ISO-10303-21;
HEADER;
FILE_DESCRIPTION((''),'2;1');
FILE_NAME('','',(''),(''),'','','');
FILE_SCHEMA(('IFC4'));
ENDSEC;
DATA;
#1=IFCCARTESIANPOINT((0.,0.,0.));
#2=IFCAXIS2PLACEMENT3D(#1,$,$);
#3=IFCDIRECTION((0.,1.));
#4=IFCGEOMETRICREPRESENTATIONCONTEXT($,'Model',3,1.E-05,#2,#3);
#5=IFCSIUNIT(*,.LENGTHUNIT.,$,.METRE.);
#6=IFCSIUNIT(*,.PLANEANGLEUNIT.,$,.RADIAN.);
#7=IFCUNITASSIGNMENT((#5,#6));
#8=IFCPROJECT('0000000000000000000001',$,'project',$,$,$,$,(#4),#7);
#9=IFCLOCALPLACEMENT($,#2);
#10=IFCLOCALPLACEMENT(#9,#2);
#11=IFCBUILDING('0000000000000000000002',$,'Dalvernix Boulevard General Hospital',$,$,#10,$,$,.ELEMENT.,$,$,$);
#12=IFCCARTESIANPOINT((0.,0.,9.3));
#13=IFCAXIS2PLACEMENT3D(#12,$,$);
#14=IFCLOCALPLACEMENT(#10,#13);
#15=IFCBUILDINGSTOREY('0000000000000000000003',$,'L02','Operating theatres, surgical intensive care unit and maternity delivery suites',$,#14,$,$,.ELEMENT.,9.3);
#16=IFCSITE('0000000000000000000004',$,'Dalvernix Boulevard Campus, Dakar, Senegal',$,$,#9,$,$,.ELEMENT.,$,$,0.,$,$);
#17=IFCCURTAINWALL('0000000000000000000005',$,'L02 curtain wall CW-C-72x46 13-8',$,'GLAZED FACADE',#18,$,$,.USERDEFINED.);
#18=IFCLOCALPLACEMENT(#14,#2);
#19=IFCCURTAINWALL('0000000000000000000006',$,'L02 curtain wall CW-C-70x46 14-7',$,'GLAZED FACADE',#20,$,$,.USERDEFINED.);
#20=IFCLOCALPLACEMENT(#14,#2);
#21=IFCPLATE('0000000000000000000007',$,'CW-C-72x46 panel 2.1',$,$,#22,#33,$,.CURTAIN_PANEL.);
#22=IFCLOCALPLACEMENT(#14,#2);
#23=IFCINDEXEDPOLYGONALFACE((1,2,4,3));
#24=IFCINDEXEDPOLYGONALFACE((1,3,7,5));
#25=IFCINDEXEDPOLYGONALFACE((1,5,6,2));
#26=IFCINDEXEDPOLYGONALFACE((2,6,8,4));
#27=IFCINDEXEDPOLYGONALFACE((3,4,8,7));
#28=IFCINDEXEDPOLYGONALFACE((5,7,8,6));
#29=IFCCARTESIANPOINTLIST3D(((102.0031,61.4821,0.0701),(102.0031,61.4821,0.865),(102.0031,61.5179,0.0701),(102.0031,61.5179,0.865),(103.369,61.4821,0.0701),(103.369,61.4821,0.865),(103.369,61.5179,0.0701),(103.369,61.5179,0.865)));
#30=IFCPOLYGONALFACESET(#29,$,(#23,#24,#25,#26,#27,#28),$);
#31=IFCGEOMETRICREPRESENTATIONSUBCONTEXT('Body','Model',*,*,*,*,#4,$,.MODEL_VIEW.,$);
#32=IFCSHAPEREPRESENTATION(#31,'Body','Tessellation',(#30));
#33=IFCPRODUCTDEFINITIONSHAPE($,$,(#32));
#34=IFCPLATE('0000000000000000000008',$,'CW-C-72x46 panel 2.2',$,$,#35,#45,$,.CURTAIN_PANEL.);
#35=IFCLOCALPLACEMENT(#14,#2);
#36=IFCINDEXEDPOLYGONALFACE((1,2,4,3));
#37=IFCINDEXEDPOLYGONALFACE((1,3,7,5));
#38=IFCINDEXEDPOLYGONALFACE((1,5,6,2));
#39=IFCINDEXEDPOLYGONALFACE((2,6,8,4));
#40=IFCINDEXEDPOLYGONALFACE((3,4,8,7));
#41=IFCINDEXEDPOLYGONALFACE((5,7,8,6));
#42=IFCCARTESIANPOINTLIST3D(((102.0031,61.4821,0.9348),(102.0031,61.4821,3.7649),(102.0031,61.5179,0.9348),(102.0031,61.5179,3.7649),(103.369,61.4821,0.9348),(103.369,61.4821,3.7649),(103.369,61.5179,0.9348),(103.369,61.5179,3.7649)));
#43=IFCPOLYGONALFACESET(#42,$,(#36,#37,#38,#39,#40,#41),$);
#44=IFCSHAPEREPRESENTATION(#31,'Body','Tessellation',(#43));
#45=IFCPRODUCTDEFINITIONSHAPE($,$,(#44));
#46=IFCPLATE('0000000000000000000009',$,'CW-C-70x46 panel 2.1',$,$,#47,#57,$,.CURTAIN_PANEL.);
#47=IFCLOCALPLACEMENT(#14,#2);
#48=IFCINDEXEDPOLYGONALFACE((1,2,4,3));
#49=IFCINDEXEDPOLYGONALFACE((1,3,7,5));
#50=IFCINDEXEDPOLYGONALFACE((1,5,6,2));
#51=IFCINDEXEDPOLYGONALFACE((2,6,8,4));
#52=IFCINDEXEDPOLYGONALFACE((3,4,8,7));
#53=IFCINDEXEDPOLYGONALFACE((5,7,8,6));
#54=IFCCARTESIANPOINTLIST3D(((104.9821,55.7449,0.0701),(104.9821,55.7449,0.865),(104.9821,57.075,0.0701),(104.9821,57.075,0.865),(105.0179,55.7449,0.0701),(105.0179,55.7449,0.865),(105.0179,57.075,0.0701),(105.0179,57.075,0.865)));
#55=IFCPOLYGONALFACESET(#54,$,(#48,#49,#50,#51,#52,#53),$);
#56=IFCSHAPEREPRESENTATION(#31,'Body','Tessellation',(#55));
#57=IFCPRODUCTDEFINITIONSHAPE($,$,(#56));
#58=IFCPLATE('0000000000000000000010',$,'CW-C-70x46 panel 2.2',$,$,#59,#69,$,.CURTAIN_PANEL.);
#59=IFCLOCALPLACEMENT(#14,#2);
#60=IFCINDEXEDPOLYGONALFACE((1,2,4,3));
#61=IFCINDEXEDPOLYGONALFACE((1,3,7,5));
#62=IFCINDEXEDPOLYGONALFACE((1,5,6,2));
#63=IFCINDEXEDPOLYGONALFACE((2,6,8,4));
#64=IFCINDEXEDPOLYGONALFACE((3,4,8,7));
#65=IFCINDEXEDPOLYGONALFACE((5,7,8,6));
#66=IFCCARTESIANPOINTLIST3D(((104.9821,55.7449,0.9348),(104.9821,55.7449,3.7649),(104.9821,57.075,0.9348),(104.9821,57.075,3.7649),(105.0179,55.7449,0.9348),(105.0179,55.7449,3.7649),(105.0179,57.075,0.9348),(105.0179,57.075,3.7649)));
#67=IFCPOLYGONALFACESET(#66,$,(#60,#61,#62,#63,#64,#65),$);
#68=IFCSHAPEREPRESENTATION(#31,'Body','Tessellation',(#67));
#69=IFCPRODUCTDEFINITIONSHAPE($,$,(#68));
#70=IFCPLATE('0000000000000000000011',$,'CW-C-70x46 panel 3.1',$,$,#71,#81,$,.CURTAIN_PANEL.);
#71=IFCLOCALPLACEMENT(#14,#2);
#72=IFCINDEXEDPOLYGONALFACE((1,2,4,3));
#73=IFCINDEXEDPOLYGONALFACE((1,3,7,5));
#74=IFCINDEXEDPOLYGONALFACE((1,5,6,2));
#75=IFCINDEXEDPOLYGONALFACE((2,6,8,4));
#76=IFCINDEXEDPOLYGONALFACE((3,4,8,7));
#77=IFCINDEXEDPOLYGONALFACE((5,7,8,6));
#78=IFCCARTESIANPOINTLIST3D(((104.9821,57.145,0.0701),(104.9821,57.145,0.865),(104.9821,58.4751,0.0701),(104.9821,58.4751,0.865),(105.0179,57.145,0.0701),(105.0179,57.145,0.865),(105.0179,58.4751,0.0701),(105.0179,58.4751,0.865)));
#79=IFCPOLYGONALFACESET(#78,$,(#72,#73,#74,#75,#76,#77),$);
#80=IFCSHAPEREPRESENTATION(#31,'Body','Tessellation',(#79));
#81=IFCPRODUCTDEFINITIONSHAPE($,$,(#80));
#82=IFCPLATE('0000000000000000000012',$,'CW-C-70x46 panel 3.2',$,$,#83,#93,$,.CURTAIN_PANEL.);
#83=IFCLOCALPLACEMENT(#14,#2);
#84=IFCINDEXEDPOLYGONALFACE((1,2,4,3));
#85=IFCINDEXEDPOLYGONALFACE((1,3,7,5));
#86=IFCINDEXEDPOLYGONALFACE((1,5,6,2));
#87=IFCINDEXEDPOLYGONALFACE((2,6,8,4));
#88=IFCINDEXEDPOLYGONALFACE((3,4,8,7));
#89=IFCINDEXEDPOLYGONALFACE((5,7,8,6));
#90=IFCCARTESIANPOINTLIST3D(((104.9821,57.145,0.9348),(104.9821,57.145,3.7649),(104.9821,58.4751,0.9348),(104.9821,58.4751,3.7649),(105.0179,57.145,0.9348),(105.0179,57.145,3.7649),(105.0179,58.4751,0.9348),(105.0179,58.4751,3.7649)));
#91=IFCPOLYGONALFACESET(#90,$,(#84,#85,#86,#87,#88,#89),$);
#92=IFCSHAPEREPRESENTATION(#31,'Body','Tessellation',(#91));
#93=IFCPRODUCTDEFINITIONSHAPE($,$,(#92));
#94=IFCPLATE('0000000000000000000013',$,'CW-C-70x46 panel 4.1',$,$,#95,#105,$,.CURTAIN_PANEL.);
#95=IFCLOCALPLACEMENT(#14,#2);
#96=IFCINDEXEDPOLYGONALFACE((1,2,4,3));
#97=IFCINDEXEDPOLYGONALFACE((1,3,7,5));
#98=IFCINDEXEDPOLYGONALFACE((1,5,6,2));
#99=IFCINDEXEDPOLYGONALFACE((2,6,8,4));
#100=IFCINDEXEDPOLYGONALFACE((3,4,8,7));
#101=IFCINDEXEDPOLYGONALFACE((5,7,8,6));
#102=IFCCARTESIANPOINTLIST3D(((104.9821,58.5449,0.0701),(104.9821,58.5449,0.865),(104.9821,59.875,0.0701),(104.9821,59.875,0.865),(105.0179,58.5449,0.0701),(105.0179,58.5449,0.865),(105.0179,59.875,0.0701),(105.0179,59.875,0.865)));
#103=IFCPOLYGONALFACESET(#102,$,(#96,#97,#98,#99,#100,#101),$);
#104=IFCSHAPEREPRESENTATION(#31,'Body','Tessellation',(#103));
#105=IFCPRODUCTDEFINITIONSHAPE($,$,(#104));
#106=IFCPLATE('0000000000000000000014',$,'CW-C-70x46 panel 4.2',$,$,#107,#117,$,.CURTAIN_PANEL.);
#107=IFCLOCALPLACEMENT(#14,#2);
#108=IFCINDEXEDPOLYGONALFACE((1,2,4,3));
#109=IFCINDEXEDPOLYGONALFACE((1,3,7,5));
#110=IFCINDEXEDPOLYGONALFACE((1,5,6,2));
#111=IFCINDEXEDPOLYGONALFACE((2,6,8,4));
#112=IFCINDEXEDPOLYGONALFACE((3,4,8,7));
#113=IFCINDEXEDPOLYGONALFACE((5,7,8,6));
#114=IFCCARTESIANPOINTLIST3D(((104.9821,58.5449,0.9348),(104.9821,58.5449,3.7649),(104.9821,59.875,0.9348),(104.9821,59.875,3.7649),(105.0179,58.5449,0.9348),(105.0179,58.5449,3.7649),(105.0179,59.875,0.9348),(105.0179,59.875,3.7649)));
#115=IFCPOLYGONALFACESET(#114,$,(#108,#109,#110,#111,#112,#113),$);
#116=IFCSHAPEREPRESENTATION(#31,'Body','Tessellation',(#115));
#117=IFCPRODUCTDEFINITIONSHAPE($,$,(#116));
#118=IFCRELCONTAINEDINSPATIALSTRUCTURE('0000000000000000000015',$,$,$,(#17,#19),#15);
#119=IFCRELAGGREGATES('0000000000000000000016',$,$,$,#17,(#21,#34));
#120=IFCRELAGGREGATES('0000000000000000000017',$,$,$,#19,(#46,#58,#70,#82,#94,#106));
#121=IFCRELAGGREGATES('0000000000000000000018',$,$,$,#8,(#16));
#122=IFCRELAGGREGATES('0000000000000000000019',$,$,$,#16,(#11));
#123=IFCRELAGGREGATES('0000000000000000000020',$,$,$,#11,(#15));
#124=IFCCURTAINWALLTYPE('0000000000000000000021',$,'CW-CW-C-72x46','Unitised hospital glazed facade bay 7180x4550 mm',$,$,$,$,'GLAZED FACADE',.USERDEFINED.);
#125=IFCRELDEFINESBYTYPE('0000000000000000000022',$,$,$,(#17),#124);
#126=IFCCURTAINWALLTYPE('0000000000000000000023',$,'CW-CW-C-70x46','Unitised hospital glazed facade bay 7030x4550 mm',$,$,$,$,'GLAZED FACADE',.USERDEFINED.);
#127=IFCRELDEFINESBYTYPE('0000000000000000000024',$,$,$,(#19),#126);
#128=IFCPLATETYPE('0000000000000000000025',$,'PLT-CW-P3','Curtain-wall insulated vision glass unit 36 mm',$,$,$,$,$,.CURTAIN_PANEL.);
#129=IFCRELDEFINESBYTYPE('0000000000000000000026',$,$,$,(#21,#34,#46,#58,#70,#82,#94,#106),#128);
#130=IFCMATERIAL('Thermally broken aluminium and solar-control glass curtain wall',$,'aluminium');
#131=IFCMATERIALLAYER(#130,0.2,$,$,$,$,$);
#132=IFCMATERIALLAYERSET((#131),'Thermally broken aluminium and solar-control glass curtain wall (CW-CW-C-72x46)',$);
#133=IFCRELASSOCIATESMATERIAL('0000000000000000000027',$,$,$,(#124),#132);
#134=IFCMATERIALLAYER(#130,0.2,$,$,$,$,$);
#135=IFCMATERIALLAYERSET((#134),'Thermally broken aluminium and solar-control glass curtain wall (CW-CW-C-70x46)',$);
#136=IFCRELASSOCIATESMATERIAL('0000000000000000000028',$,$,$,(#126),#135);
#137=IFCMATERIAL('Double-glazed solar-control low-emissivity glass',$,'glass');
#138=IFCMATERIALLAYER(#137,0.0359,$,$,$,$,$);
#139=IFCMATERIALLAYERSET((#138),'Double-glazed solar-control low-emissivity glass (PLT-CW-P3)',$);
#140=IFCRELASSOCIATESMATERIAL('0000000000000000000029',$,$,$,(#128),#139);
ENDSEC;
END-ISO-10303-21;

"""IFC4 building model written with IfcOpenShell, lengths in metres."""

from ifc_helpers import new_model, si_unit, direction, frame, origin, origin_2d, place, context, subcontext, project, spatial, rectangle, extrude, material, layer, layer_set, type_object, element, aggregate, save


model = new_model("IFC4")

# Units and contexts
model_context = context("Model", 3, precision=1e-05, world=origin(), true_north=direction((0.0, 1.0)))
body_context = subcontext(model_context, "Body", "Model", "MODEL_VIEW")
ifc_project = project(units=[si_unit("LENGTHUNIT", "METRE"), si_unit("PLANEANGLEUNIT", "RADIAN")], contexts=[model_context])

# Site, building, storey
site_placement = place(None, origin())
site = spatial("IfcSite", under=ifc_project, at=site_placement, Name="Dalvernix Boulevard Campus, Dakar, Senegal", CompositionType="ELEMENT", RefElevation=0.0)
building_placement = place(site_placement, origin())
building = spatial("IfcBuilding", under=site, at=building_placement, Name="Dalvernix Boulevard General Hospital", CompositionType="ELEMENT")
storey_placement = place(building_placement, frame((0.0, 0.0, 9.3)))
storey = spatial("IfcBuildingStorey", under=building, at=storey_placement, Name="L02", Description="Operating theatres, surgical intensive care unit and maternity delivery suites", CompositionType="ELEMENT", Elevation=9.3)

# Curtain wall
ifc_material_1 = material(Name="Thermally broken aluminium and solar-control glass curtain wall", Category="aluminium")
ifc_layer_1 = layer(ifc_material_1, 0.2)
ifc_layer_set_1 = layer_set([ifc_layer_1], Name="Thermally broken aluminium and solar-control glass curtain wall (CW-CW-C-72x46)")
curtain_wall_type_1 = type_object("IfcCurtainWallType", Name="CW-CW-C-72x46", Description="Unitised hospital glazed facade bay 7180x4550 mm", ElementType="GLAZED FACADE", PredefinedType="USERDEFINED", material=ifc_layer_set_1)
curtain_wall_1_placement = place(storey_placement, origin())
curtain_wall_1 = element("IfcCurtainWall", 1, at=curtain_wall_1_placement, inside=storey, type_object=curtain_wall_type_1, Name="L02 curtain wall CW-C-72x46 13-8", ObjectType="GLAZED FACADE", PredefinedType="USERDEFINED")

# Curtain wall
ifc_layer_2 = layer(ifc_material_1, 0.2)
ifc_layer_set_2 = layer_set([ifc_layer_2], Name="Thermally broken aluminium and solar-control glass curtain wall (CW-CW-C-70x46)")
curtain_wall_type_2 = type_object("IfcCurtainWallType", Name="CW-CW-C-70x46", Description="Unitised hospital glazed facade bay 7030x4550 mm", ElementType="GLAZED FACADE", PredefinedType="USERDEFINED", material=ifc_layer_set_2)
curtain_wall_2_placement = place(storey_placement, origin())
curtain_wall_2 = element("IfcCurtainWall", 2, at=curtain_wall_2_placement, inside=storey, type_object=curtain_wall_type_2, Name="L02 curtain wall CW-C-70x46 14-7", ObjectType="GLAZED FACADE", PredefinedType="USERDEFINED")

# Plates
ifc_material_2 = material(Name="Double-glazed solar-control low-emissivity glass", Category="glass")
ifc_layer_3 = layer(ifc_material_2, 0.0359)
ifc_layer_set_3 = layer_set([ifc_layer_3], Name="Double-glazed solar-control low-emissivity glass (PLT-CW-P3)")
plate_type = type_object("IfcPlateType", Name="PLT-CW-P3", Description="Curtain-wall insulated vision glass unit 36 mm", PredefinedType="CURTAIN_PANEL", material=ifc_layer_set_3)
plate_1_placement = place(storey_placement, frame((102.686, 61.5, 0.0701), z_axis=(0.0, 0.0, 1.0), x_axis=(-1.0, 0.0, 0.0)))
plate_1 = element("IfcPlate", 3, at=plate_1_placement, type_object=plate_type, Name="CW-C-72x46 panel 2.1", PredefinedType="CURTAIN_PANEL", context=body_context, shape_type="SweptSolid", body=[
    extrude(rectangle(XDim=1.366, YDim=0.0359, at=origin_2d()), origin(), (0.0, 0.0, 1.0), 0.7949),
])
plate_2_placement = place(storey_placement, frame((102.686, 61.5, 0.9348), z_axis=(0.0, 0.0, 1.0), x_axis=(-1.0, 0.0, 0.0)))
plate_2 = element("IfcPlate", 4, at=plate_2_placement, type_object=plate_type, Name="CW-C-72x46 panel 2.2", PredefinedType="CURTAIN_PANEL", context=body_context, shape_type="SweptSolid", body=[
    extrude(rectangle(XDim=1.366, YDim=0.0359, at=origin_2d()), origin(), (0.0, 0.0, 1.0), 2.8301),
])
aggregate(curtain_wall_1, [plate_1, plate_2])
plate_3_placement = place(storey_placement, frame((105.0, 56.4099, 0.0701), z_axis=(0.0, 0.0, 1.0), x_axis=(0.0, 1.0, 0.0)))
plate_3 = element("IfcPlate", 5, at=plate_3_placement, type_object=plate_type, Name="CW-C-70x46 panel 2.1", PredefinedType="CURTAIN_PANEL", context=body_context, shape_type="SweptSolid", body=[
    extrude(rectangle(XDim=1.3301, YDim=0.0359, at=origin_2d()), origin(), (0.0, 0.0, 1.0), 0.7949),
])
plate_4_placement = place(storey_placement, frame((105.0, 56.4099, 0.9348), z_axis=(0.0, 0.0, 1.0), x_axis=(0.0, 1.0, 0.0)))
plate_4 = element("IfcPlate", 6, at=plate_4_placement, type_object=plate_type, Name="CW-C-70x46 panel 2.2", PredefinedType="CURTAIN_PANEL", context=body_context, shape_type="SweptSolid", body=[
    extrude(rectangle(XDim=1.3301, YDim=0.0359, at=origin_2d()), origin(), (0.0, 0.0, 1.0), 2.8301),
])
plate_5_placement = place(storey_placement, frame((105.0, 57.8101, 0.0701), z_axis=(0.0, 0.0, 1.0), x_axis=(0.0, 1.0, 0.0)))
plate_5 = element("IfcPlate", 7, at=plate_5_placement, type_object=plate_type, Name="CW-C-70x46 panel 3.1", PredefinedType="CURTAIN_PANEL", context=body_context, shape_type="SweptSolid", body=[
    extrude(rectangle(XDim=1.3301, YDim=0.0359, at=origin_2d()), origin(), (0.0, 0.0, 1.0), 0.7949),
])
plate_6_placement = place(storey_placement, frame((105.0, 57.8101, 0.9348), z_axis=(0.0, 0.0, 1.0), x_axis=(0.0, 1.0, 0.0)))
plate_6 = element("IfcPlate", 8, at=plate_6_placement, type_object=plate_type, Name="CW-C-70x46 panel 3.2", PredefinedType="CURTAIN_PANEL", context=body_context, shape_type="SweptSolid", body=[
    extrude(rectangle(XDim=1.3301, YDim=0.0359, at=origin_2d()), origin(), (0.0, 0.0, 1.0), 2.8301),
])
plate_7_placement = place(storey_placement, frame((105.0, 59.21, 0.0701), z_axis=(0.0, 0.0, 1.0), x_axis=(0.0, 1.0, 0.0)))
plate_7 = element("IfcPlate", 9, at=plate_7_placement, type_object=plate_type, Name="CW-C-70x46 panel 4.1", PredefinedType="CURTAIN_PANEL", context=body_context, shape_type="SweptSolid", body=[
    extrude(rectangle(XDim=1.3301, YDim=0.0359, at=origin_2d()), origin(), (0.0, 0.0, 1.0), 0.7949),
])
plate_8_placement = place(storey_placement, frame((105.0, 59.21, 0.9348), z_axis=(0.0, 0.0, 1.0), x_axis=(0.0, 1.0, 0.0)))
plate_8 = element("IfcPlate", 10, at=plate_8_placement, type_object=plate_type, Name="CW-C-70x46 panel 4.2", PredefinedType="CURTAIN_PANEL", context=body_context, shape_type="SweptSolid", body=[
    extrude(rectangle(XDim=1.3301, YDim=0.0359, at=origin_2d()), origin(), (0.0, 0.0, 1.0), 2.8301),
])
aggregate(curtain_wall_2, [plate_3, plate_4, plate_5, plate_6, plate_7, plate_8])

save(model, "model.ifc")
